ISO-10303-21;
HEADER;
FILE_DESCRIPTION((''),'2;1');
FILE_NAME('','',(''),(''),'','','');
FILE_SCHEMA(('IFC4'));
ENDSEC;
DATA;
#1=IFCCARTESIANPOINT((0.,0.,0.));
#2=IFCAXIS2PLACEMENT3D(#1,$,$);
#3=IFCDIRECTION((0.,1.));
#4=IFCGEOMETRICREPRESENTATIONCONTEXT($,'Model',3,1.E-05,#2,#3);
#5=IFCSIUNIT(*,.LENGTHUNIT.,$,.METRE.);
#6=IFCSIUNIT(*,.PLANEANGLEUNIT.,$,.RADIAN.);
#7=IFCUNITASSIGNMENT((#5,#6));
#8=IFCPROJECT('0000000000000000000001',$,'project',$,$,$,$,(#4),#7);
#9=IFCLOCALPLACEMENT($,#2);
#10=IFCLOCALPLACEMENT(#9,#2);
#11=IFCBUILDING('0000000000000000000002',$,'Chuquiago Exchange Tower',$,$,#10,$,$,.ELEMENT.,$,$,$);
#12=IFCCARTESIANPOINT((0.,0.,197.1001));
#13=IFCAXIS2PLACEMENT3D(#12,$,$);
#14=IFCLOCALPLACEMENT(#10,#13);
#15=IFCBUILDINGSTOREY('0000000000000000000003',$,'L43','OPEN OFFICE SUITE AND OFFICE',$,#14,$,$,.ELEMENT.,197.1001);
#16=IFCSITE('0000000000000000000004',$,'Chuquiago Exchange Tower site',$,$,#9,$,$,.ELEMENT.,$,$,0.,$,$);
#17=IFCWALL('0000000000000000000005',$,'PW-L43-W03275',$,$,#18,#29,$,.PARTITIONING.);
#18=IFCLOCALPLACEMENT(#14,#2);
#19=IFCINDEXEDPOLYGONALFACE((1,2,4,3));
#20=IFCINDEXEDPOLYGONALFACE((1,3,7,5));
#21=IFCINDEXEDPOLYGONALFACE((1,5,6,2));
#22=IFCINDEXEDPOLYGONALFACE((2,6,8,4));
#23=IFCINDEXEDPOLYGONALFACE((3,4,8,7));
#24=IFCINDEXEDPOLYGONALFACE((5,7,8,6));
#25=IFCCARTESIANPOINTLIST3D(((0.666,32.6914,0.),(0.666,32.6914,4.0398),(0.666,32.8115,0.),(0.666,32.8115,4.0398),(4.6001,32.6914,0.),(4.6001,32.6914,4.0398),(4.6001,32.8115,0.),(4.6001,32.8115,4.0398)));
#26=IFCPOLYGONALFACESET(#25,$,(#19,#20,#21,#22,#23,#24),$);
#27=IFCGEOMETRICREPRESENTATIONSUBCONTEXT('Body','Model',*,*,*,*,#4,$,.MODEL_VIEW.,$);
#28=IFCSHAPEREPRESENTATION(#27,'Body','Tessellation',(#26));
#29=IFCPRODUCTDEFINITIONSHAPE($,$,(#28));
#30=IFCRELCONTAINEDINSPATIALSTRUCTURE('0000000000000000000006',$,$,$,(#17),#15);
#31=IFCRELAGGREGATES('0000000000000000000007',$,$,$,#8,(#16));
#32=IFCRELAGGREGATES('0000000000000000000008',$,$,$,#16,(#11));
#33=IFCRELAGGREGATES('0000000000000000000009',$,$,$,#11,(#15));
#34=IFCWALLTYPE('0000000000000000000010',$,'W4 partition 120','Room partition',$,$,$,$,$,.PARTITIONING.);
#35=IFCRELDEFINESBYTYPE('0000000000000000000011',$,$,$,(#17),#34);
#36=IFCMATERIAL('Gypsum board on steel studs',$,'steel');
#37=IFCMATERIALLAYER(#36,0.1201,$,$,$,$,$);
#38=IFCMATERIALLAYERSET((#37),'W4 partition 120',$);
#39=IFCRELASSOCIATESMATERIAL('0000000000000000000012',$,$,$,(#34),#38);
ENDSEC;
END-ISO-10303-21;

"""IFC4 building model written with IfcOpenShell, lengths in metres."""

from ifc_helpers import new_model, si_unit, direction, frame, frame_2d, origin, place, context, subcontext, project, spatial, rectangle, extrude, material, layer, layer_set, type_object, element, save


model = new_model("IFC4")

# Units and contexts
model_context = context("Model", 3, precision=1e-05, world=origin(), true_north=direction((0.0, 1.0)))
body_context = subcontext(model_context, "Body", "Model", "MODEL_VIEW")
ifc_project = project(units=[si_unit("LENGTHUNIT", "METRE"), si_unit("PLANEANGLEUNIT", "RADIAN")], contexts=[model_context])

# Site, building, storey
site_placement = place(None, origin())
site = spatial("IfcSite", under=ifc_project, at=site_placement, Name="Chuquiago Exchange Tower site", CompositionType="ELEMENT", RefElevation=0.0)
building_placement = place(site_placement, origin())
building = spatial("IfcBuilding", under=site, at=building_placement, Name="Chuquiago Exchange Tower", CompositionType="ELEMENT")
storey_placement = place(building_placement, frame((0.0, 0.0, 197.1001)))
storey = spatial("IfcBuildingStorey", under=building, at=storey_placement, Name="L43", Description="OPEN OFFICE SUITE AND OFFICE", CompositionType="ELEMENT", Elevation=197.1001)

# Wall
ifc_material_1 = material(Name="Gypsum board on steel studs", Category="steel")
ifc_layer_1 = layer(ifc_material_1, 0.1201)
ifc_layer_set_1 = layer_set([ifc_layer_1], Name="W4 partition 120")
wall_type_1 = type_object("IfcWallType", Name="W4 partition 120", Description="Room partition", PredefinedType="PARTITIONING", material=ifc_layer_set_1)
wall_1_placement = place(storey_placement, frame((0.666, 32.7515, 0.0), z_axis=(0.0, 0.0, 1.0), x_axis=(1.0, 0.0, 0.0)))
element("IfcWall", 1, at=wall_1_placement, inside=storey, type_object=wall_type_1, Name="PW-L43-W03275", PredefinedType="PARTITIONING", context=body_context, shape_type="SweptSolid", body=[
    extrude(rectangle(XDim=3.9341, YDim=0.1201, at=frame_2d((1.967, 0.0))), origin(), (0.0, 0.0, 1.0), 4.0398),
])

save(model, "model.ifc")
